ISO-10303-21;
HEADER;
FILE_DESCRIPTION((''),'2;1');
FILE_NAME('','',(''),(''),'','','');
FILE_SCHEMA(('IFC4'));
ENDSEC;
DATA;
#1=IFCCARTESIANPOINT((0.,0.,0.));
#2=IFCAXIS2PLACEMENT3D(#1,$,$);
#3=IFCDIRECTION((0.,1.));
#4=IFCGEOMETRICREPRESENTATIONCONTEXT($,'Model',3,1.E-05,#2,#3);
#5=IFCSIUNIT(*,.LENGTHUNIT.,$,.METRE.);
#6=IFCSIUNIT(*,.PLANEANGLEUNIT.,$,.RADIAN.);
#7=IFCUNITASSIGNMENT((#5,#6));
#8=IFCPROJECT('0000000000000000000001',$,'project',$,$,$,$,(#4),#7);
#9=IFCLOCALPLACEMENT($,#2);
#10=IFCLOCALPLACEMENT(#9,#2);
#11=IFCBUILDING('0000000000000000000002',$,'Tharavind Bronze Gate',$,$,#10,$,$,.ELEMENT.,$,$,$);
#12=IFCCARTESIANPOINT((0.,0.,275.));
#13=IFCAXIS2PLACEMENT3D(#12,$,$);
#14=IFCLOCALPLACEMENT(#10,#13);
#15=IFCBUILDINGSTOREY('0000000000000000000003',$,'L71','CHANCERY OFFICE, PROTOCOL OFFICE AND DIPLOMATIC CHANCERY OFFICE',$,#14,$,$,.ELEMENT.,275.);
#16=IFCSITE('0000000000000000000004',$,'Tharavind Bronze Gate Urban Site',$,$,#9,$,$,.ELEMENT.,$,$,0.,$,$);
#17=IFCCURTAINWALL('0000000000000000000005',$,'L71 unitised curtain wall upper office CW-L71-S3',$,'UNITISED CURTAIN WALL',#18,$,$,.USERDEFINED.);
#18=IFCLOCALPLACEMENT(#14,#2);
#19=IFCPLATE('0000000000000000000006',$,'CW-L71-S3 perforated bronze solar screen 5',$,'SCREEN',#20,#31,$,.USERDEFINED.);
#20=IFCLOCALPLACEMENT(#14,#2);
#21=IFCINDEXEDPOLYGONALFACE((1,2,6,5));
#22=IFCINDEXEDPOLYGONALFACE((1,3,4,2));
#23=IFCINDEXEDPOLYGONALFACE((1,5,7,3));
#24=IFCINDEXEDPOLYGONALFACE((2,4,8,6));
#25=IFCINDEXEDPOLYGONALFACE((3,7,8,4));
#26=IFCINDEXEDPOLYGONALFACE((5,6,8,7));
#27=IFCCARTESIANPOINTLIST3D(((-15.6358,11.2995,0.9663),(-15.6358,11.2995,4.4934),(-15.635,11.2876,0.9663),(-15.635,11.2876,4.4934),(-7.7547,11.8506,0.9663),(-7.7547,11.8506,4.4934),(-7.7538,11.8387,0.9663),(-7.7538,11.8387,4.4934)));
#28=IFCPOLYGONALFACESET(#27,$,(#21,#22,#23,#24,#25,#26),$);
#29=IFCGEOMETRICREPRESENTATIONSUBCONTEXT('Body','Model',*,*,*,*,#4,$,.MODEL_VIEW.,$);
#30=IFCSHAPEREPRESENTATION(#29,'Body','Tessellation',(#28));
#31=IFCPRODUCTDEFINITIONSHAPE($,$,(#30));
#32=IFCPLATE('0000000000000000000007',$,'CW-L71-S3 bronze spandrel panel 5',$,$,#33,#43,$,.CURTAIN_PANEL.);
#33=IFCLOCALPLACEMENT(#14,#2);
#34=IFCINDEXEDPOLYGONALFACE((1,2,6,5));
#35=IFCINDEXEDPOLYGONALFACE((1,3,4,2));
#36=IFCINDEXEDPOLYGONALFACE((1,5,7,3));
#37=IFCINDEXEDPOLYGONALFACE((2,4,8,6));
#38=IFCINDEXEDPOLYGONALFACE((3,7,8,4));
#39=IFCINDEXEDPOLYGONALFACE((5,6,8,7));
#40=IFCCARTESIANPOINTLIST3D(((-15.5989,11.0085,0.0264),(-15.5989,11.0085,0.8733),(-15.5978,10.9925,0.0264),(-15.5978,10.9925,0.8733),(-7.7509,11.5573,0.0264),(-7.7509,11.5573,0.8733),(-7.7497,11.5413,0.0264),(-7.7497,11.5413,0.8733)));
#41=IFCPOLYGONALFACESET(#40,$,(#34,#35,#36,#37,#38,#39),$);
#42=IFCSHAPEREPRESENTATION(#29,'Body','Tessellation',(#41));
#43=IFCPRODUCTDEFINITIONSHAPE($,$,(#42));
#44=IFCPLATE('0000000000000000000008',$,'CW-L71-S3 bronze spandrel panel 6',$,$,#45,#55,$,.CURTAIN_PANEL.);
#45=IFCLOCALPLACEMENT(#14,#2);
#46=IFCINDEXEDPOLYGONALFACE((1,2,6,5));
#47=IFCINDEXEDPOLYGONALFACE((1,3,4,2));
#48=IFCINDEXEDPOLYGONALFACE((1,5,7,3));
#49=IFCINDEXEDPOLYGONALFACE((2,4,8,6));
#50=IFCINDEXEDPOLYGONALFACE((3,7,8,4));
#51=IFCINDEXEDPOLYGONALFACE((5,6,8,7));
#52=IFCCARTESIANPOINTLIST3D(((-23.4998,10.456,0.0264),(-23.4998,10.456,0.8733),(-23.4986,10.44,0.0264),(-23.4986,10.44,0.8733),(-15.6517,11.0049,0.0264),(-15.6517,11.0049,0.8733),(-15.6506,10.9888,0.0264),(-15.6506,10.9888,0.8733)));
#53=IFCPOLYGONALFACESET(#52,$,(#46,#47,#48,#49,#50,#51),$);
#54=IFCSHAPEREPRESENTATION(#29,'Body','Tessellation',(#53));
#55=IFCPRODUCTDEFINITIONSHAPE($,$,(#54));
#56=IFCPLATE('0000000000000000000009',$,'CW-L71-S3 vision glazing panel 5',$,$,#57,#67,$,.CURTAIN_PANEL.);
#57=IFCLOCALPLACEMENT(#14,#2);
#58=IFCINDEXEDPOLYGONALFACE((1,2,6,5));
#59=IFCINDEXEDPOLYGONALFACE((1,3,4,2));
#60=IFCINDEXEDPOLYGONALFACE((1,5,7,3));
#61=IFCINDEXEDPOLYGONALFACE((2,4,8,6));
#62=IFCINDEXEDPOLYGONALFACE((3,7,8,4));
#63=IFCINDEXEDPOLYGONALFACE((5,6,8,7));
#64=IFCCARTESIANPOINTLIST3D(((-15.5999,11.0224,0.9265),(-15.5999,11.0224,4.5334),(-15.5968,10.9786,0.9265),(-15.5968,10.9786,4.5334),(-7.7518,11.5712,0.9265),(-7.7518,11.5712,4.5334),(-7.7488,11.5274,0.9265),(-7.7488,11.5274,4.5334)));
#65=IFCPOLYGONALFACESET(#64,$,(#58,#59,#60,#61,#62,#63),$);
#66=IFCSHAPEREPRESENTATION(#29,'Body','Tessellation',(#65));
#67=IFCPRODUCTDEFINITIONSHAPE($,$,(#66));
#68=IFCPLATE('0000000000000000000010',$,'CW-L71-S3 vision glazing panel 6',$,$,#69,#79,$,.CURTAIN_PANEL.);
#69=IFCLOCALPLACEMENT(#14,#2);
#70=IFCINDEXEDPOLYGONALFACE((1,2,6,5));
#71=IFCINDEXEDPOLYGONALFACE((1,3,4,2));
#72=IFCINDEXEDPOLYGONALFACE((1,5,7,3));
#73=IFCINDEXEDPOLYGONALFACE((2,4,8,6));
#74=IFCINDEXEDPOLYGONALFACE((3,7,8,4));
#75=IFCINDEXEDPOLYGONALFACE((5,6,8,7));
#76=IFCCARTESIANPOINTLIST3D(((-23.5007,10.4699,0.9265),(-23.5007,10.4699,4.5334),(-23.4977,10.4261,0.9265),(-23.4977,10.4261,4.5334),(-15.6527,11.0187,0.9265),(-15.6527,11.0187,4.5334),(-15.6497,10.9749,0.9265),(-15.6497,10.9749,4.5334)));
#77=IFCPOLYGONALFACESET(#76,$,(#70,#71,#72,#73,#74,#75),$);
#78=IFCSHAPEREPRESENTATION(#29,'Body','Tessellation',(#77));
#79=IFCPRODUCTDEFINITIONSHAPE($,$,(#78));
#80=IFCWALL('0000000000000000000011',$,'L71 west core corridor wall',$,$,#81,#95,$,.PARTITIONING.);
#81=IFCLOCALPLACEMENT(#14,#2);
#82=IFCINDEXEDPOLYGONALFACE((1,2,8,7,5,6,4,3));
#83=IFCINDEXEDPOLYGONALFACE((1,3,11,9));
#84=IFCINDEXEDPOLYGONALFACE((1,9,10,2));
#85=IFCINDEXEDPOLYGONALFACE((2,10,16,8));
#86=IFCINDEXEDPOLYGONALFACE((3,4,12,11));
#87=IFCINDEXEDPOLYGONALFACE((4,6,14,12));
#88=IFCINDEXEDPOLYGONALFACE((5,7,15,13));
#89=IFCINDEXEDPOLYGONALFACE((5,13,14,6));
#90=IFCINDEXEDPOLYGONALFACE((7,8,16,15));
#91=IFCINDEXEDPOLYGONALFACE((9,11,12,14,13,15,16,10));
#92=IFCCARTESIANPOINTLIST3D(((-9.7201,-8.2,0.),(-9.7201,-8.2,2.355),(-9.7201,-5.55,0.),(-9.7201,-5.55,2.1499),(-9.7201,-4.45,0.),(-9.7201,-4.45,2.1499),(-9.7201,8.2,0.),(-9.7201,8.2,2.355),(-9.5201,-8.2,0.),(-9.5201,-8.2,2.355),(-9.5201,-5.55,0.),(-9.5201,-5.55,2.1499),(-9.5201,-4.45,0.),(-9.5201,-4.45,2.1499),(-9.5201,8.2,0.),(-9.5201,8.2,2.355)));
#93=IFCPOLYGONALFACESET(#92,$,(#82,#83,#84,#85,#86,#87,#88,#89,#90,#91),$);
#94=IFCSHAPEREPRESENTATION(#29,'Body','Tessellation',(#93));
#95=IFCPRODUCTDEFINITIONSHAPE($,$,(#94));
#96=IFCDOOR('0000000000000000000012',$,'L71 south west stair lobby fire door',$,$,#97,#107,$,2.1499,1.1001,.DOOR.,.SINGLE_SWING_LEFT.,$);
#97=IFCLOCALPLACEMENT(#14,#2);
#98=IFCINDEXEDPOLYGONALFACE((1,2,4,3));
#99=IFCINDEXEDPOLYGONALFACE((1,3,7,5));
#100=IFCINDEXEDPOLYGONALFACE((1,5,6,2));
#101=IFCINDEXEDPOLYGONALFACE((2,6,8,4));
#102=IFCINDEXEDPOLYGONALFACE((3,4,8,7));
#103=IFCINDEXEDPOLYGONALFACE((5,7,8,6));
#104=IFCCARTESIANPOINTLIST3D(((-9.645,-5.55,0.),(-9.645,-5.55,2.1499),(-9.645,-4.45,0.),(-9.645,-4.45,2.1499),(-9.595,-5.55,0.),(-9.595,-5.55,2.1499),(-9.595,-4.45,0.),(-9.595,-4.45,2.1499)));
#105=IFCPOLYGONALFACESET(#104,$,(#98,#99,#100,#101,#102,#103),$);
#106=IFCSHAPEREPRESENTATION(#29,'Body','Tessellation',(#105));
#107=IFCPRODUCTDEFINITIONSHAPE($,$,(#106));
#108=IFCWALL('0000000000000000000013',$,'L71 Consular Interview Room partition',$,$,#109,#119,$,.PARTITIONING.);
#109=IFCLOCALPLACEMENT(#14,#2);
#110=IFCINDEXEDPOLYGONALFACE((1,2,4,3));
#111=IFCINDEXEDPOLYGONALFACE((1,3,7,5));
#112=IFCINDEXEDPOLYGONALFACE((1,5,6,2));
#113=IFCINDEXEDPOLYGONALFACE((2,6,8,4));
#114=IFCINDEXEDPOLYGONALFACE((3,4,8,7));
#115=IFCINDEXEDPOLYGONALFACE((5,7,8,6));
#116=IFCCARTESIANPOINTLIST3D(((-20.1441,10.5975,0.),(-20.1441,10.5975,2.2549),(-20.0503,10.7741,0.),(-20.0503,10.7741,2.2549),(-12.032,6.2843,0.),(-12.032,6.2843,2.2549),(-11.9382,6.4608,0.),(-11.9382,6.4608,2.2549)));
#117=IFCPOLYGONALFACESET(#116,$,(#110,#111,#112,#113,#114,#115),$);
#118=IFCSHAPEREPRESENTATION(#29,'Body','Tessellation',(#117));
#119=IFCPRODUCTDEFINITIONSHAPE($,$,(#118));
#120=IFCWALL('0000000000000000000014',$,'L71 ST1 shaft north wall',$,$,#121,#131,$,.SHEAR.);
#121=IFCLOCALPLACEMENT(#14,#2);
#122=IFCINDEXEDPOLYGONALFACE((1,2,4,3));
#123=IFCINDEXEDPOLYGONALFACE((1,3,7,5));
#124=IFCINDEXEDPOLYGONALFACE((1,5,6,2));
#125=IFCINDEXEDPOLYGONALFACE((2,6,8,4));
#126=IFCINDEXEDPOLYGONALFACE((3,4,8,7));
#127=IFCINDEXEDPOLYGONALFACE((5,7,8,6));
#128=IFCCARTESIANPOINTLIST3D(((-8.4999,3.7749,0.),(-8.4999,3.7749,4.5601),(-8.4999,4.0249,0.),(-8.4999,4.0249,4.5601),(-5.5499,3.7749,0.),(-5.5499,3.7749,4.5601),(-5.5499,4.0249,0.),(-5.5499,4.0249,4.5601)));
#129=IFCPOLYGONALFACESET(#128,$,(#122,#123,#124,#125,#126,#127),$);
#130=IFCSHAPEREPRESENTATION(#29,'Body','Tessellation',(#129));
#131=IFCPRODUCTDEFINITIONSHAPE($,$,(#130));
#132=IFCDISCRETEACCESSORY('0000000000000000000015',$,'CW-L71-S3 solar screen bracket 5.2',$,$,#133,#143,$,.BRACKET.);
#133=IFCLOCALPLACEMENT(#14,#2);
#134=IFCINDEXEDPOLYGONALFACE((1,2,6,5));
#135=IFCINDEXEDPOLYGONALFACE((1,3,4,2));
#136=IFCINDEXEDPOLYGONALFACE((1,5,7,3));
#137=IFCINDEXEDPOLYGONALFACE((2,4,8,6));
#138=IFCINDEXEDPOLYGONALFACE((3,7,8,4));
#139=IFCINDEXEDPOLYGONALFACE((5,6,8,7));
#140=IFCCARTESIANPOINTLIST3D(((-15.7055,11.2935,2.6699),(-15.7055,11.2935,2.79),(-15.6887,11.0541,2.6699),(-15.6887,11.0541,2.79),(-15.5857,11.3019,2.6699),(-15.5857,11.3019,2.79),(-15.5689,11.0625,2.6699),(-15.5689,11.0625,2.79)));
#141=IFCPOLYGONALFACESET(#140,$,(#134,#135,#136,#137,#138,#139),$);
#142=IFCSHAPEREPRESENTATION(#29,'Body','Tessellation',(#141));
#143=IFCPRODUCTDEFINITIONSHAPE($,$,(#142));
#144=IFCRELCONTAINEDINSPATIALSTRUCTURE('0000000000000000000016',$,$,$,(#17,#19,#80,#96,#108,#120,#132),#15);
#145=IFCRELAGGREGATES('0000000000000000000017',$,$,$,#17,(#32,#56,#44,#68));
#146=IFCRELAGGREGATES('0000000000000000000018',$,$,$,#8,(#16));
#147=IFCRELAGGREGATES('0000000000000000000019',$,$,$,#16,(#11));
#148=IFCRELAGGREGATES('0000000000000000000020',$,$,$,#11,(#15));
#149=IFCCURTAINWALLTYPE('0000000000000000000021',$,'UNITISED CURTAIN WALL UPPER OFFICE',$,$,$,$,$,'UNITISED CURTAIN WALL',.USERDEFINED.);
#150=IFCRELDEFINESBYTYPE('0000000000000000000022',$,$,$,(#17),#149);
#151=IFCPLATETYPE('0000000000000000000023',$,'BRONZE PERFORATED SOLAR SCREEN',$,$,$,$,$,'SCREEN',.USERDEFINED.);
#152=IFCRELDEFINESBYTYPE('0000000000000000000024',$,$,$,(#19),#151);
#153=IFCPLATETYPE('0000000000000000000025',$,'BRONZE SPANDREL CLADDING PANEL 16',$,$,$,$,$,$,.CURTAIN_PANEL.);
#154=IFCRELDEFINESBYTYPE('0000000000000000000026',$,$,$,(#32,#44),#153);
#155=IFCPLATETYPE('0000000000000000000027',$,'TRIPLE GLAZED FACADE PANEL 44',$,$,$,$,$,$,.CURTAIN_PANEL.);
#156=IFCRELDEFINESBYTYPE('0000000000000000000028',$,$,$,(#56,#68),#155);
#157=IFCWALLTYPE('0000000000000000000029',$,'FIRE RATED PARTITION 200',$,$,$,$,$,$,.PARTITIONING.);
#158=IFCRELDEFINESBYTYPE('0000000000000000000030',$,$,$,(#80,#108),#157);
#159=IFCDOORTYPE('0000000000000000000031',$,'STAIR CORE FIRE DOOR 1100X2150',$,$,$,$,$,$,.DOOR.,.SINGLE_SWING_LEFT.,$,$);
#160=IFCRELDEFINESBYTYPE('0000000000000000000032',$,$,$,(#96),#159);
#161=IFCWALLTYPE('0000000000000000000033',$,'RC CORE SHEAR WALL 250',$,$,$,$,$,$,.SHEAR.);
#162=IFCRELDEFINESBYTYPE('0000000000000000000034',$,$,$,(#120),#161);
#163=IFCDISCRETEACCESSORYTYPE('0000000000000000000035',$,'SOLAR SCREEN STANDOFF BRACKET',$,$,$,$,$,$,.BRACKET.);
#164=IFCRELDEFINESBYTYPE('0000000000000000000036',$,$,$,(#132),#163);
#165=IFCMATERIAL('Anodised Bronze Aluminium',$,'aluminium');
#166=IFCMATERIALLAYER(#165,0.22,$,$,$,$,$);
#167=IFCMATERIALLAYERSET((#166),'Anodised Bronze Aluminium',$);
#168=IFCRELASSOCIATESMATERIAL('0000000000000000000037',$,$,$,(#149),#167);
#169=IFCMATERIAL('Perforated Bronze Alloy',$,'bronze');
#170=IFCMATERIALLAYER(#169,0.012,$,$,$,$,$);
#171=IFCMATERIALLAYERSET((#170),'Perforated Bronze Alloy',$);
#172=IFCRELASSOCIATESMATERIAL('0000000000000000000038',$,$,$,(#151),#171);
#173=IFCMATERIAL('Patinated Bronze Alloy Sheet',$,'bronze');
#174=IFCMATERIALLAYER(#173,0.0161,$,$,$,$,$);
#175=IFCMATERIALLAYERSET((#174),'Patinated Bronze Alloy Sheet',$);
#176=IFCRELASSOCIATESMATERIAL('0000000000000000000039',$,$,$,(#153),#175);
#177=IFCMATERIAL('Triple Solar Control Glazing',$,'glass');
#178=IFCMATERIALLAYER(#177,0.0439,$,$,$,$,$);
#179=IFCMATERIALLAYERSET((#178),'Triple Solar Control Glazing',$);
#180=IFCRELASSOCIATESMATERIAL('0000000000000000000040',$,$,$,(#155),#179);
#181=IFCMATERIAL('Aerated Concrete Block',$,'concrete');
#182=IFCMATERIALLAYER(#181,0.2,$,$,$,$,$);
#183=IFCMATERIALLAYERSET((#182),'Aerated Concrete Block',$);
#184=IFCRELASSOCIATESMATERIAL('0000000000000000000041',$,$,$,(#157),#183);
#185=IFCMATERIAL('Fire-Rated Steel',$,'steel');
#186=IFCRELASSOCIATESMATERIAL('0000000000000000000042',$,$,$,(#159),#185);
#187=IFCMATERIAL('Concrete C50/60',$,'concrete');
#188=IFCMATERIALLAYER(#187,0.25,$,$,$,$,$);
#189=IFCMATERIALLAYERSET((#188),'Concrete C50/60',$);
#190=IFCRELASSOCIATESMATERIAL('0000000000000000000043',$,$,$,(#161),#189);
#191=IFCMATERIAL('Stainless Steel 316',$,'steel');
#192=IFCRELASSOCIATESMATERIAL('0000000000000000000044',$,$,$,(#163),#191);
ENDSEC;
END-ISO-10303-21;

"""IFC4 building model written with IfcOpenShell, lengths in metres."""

from ifc_helpers import new_model, si_unit, direction, frame, frame_2d, origin, origin_2d, place, context, subcontext, project, spatial, rectangle, extrude, material, layer, layer_set, type_object, element, fill, aggregate, save


model = new_model("IFC4")

# Units and contexts
model_context = context("Model", 3, precision=1e-05, world=origin(), true_north=direction((0.0, 1.0)))
body_context = subcontext(model_context, "Body", "Model", "MODEL_VIEW")
ifc_project = project(units=[si_unit("LENGTHUNIT", "METRE"), si_unit("PLANEANGLEUNIT", "RADIAN")], contexts=[model_context])

# Site, building, storey
site_placement = place(None, origin())
site = spatial("IfcSite", under=ifc_project, at=site_placement, Name="Tharavind Bronze Gate Urban Site", CompositionType="ELEMENT", RefElevation=0.0)
building_placement = place(site_placement, origin())
building = spatial("IfcBuilding", under=site, at=building_placement, Name="Tharavind Bronze Gate", CompositionType="ELEMENT")
storey_placement = place(building_placement, frame((0.0, 0.0, 275.0)))
storey = spatial("IfcBuildingStorey", under=building, at=storey_placement, Name="L71", Description="CHANCERY OFFICE, PROTOCOL OFFICE AND DIPLOMATIC CHANCERY OFFICE", CompositionType="ELEMENT", Elevation=275.0)

# Shared definitions
ifc_material_1 = material(Name="Concrete C50/60", Category="concrete")

# Curtain wall
ifc_material_2 = material(Name="Anodised Bronze Aluminium", Category="aluminium")
ifc_layer_1 = layer(ifc_material_2, 0.22)
ifc_layer_set_1 = layer_set([ifc_layer_1], Name="Anodised Bronze Aluminium")
curtain_wall_type = type_object("IfcCurtainWallType", Name="UNITISED CURTAIN WALL UPPER OFFICE", ElementType="UNITISED CURTAIN WALL", PredefinedType="USERDEFINED", material=ifc_layer_set_1)
curtain_wall_placement = place(storey_placement, origin())
curtain_wall = element("IfcCurtainWall", 1, at=curtain_wall_placement, inside=storey, type_object=curtain_wall_type, Name="L71 unitised curtain wall upper office CW-L71-S3", ObjectType="UNITISED CURTAIN WALL", PredefinedType="USERDEFINED")

# Plates
ifc_material_3 = material(Name="Perforated Bronze Alloy", Category="bronze")
ifc_layer_2 = layer(ifc_material_3, 0.012)
ifc_layer_set_2 = layer_set([ifc_layer_2], Name="Perforated Bronze Alloy")
plate_type_1 = type_object("IfcPlateType", Name="BRONZE PERFORATED SOLAR SCREEN", ElementType="SCREEN", PredefinedType="USERDEFINED", material=ifc_layer_set_2)
plate_1_placement = place(storey_placement, frame((-11.6948, 11.5691, 0.9663), z_axis=(0.0, 0.0, 1.0), x_axis=(-0.997564, -0.06976, 0.0)))
element("IfcPlate", 2, at=plate_1_placement, inside=storey, type_object=plate_type_1, Name="CW-L71-S3 perforated bronze solar screen 5", ObjectType="SCREEN", PredefinedType="USERDEFINED", context=body_context, shape_type="SweptSolid", body=[
    extrude(rectangle(XDim=7.9004, YDim=0.012, at=origin_2d()), origin(), (0.0, 0.0, 1.0), 3.5271),
])
ifc_material_4 = material(Name="Patinated Bronze Alloy Sheet", Category="bronze")
ifc_layer_3 = layer(ifc_material_4, 0.0161)
ifc_layer_set_3 = layer_set([ifc_layer_3], Name="Patinated Bronze Alloy Sheet")
plate_type_2 = type_object("IfcPlateType", Name="BRONZE SPANDREL CLADDING PANEL 16", PredefinedType="CURTAIN_PANEL", material=ifc_layer_set_3)
plate_2_placement = place(storey_placement, frame((-11.6743, 11.2749, 0.0264), z_axis=(0.0, 0.0, 1.0), x_axis=(-0.997564, -0.06976, 0.0)))
plate_2 = element("IfcPlate", 3, at=plate_2_placement, type_object=plate_type_2, Name="CW-L71-S3 bronze spandrel panel 5", PredefinedType="CURTAIN_PANEL", context=body_context, shape_type="SweptSolid", body=[
    extrude(rectangle(XDim=7.8672, YDim=0.0161, at=origin_2d()), origin(), (0.0, 0.0, 1.0), 0.8469),
])
plate_3_placement = place(storey_placement, frame((-19.5752, 10.7224, 0.0264), z_axis=(0.0, 0.0, 1.0), x_axis=(-0.997564, -0.06976, 0.0)))
plate_3 = element("IfcPlate", 4, at=plate_3_placement, type_object=plate_type_2, Name="CW-L71-S3 bronze spandrel panel 6", PredefinedType="CURTAIN_PANEL", context=body_context, shape_type="SweptSolid", body=[
    extrude(rectangle(XDim=7.8672, YDim=0.0161, at=origin_2d()), origin(), (0.0, 0.0, 1.0), 0.8469),
])
ifc_material_5 = material(Name="Triple Solar Control Glazing", Category="glass")
ifc_layer_4 = layer(ifc_material_5, 0.0439)
ifc_layer_set_4 = layer_set([ifc_layer_4], Name="Triple Solar Control Glazing")
plate_type_3 = type_object("IfcPlateType", Name="TRIPLE GLAZED FACADE PANEL 44", PredefinedType="CURTAIN_PANEL", material=ifc_layer_set_4)
plate_4_placement = place(storey_placement, frame((-11.6743, 11.2749, 0.9265), z_axis=(0.0, 0.0, 1.0), x_axis=(-0.997564, -0.06976, 0.0)))
plate_4 = element("IfcPlate", 5, at=plate_4_placement, type_object=plate_type_3, Name="CW-L71-S3 vision glazing panel 5", PredefinedType="CURTAIN_PANEL", context=body_context, shape_type="SweptSolid", body=[
    extrude(rectangle(XDim=7.8672, YDim=0.0439, at=origin_2d()), origin(), (0.0, 0.0, 1.0), 3.6069),
])
plate_5_placement = place(storey_placement, frame((-19.5752, 10.7224, 0.9265), z_axis=(0.0, 0.0, 1.0), x_axis=(-0.997564, -0.06976, 0.0)))
plate_5 = element("IfcPlate", 6, at=plate_5_placement, type_object=plate_type_3, Name="CW-L71-S3 vision glazing panel 6", PredefinedType="CURTAIN_PANEL", context=body_context, shape_type="SweptSolid", body=[
    extrude(rectangle(XDim=7.8672, YDim=0.0439, at=origin_2d()), origin(), (0.0, 0.0, 1.0), 3.6069),
])
aggregate(curtain_wall, [plate_2, plate_4, plate_3, plate_5])

# Wall, opening, door
ifc_material_6 = material(Name="Aerated Concrete Block", Category="concrete")
ifc_layer_5 = layer(ifc_material_6, 0.2)
ifc_layer_set_5 = layer_set([ifc_layer_5], Name="Aerated Concrete Block")
wall_type_1 = type_object("IfcWallType", Name="FIRE RATED PARTITION 200", PredefinedType="PARTITIONING", material=ifc_layer_set_5)
wall_1_placement = place(storey_placement, frame((-9.6201, 8.2, 0.0), z_axis=(0.0, 0.0, 1.0), x_axis=(0.0, -1.0, 0.0)))
wall_1 = element("IfcWall", 7, at=wall_1_placement, inside=storey, type_object=wall_type_1, Name="L71 west core corridor wall", PredefinedType="PARTITIONING", context=body_context, shape_type="SweptSolid", body=[
    extrude(rectangle(XDim=16.3999, YDim=0.2, at=frame_2d((8.2, 0.0))), origin(), (0.0, 0.0, 1.0), 2.355),
])
opening_1_placement = place(wall_1_placement, frame((12.6499, 0.0, 0.0)))
opening_1 = element("IfcOpeningElement", 8, at=opening_1_placement, cuts=wall_1, PredefinedType="OPENING", context=body_context, shape_type="SweptSolid", body=[
    extrude(rectangle(XDim=1.1001, YDim=2.1499, at=frame_2d((0.55, 1.075))), frame((0.0, 0.1101, 0.0), z_axis=(0.0, -1.0, 0.0), x_axis=(1.0, 0.0, 0.0)), (0.0, 0.0, 1.0), 0.22),
])
ifc_material_7 = material(Name="Fire-Rated Steel", Category="steel")
door_type_1 = type_object("IfcDoorType", Name="STAIR CORE FIRE DOOR 1100X2150", OperationType="SINGLE_SWING_LEFT", PredefinedType="DOOR", material=ifc_material_7)
door_1_placement = place(opening_1_placement, frame((1.1001, 0.0, 0.0), z_axis=(0.0, 0.0, 1.0), x_axis=(-1.0, 0.0, 0.0)))
door_1 = element("IfcDoor", 9, at=door_1_placement, inside=storey, type_object=door_type_1, Name="L71 south west stair lobby fire door", OperationType="SINGLE_SWING_LEFT", OverallHeight=2.1499, OverallWidth=1.1001, PredefinedType="DOOR", context=body_context, shape_type="SweptSolid", body=[
    extrude(rectangle(XDim=1.1001, YDim=2.1499, at=frame_2d((0.55, 1.075))), frame((0.0, 0.0249, 0.0), z_axis=(0.0, -1.0, 0.0), x_axis=(1.0, 0.0, 0.0)), (0.0, 0.0, 1.0), 0.05),
])
fill(opening_1, door_1)

# Wall
wall_2_placement = place(storey_placement, frame((-11.9851, 6.3726, 0.0), z_axis=(0.0, 0.0, 1.0), x_axis=(-0.882949, 0.469469, 0.0)))
element("IfcWall", 10, at=wall_2_placement, inside=storey, type_object=wall_type_1, Name="L71 Consular Interview Room partition", PredefinedType="PARTITIONING", context=body_context, shape_type="SweptSolid", body=[
    extrude(rectangle(XDim=9.1875, YDim=0.2, at=frame_2d((4.5938, 0.0))), origin(), (0.0, 0.0, 1.0), 2.2549),
])

# Wall
ifc_layer_6 = layer(ifc_material_1, 0.25)
ifc_layer_set_6 = layer_set([ifc_layer_6], Name="Concrete C50/60")
wall_type_2 = type_object("IfcWallType", Name="RC CORE SHEAR WALL 250", PredefinedType="SHEAR", material=ifc_layer_set_6)
wall_3_placement = place(storey_placement, frame((-8.5, 3.8999, 0.0), z_axis=(0.0, 0.0, 1.0), x_axis=(1.0, 0.0, 0.0)))
element("IfcWall", 11, at=wall_3_placement, inside=storey, type_object=wall_type_2, Name="L71 ST1 shaft north wall", PredefinedType="SHEAR", context=body_context, shape_type="SweptSolid", body=[
    extrude(rectangle(XDim=2.95, YDim=0.25, at=frame_2d((1.4751, 0.0))), origin(), (0.0, 0.0, 1.0), 4.5601),
])

# Discrete accessory
ifc_material_8 = material(Name="Stainless Steel 316", Category="steel")
discrete_accessory_type = type_object("IfcDiscreteAccessoryType", Name="SOLAR SCREEN STANDOFF BRACKET", PredefinedType="BRACKET", material=ifc_material_8)
discrete_accessory_placement = place(storey_placement, frame((-15.6372, 11.178, 2.6699), z_axis=(0.0, 0.0, 1.0), x_axis=(-0.997564, -0.06976, 0.0)))
element("IfcDiscreteAccessory", 12, at=discrete_accessory_placement, inside=storey, type_object=discrete_accessory_type, Name="CW-L71-S3 solar screen bracket 5.2", PredefinedType="BRACKET", context=body_context, shape_type="SweptSolid", body=[
    extrude(rectangle(XDim=0.1201, YDim=0.24, at=origin_2d()), origin(), (0.0, 0.0, 1.0), 0.1201),
])

save(model, "model.ifc")
